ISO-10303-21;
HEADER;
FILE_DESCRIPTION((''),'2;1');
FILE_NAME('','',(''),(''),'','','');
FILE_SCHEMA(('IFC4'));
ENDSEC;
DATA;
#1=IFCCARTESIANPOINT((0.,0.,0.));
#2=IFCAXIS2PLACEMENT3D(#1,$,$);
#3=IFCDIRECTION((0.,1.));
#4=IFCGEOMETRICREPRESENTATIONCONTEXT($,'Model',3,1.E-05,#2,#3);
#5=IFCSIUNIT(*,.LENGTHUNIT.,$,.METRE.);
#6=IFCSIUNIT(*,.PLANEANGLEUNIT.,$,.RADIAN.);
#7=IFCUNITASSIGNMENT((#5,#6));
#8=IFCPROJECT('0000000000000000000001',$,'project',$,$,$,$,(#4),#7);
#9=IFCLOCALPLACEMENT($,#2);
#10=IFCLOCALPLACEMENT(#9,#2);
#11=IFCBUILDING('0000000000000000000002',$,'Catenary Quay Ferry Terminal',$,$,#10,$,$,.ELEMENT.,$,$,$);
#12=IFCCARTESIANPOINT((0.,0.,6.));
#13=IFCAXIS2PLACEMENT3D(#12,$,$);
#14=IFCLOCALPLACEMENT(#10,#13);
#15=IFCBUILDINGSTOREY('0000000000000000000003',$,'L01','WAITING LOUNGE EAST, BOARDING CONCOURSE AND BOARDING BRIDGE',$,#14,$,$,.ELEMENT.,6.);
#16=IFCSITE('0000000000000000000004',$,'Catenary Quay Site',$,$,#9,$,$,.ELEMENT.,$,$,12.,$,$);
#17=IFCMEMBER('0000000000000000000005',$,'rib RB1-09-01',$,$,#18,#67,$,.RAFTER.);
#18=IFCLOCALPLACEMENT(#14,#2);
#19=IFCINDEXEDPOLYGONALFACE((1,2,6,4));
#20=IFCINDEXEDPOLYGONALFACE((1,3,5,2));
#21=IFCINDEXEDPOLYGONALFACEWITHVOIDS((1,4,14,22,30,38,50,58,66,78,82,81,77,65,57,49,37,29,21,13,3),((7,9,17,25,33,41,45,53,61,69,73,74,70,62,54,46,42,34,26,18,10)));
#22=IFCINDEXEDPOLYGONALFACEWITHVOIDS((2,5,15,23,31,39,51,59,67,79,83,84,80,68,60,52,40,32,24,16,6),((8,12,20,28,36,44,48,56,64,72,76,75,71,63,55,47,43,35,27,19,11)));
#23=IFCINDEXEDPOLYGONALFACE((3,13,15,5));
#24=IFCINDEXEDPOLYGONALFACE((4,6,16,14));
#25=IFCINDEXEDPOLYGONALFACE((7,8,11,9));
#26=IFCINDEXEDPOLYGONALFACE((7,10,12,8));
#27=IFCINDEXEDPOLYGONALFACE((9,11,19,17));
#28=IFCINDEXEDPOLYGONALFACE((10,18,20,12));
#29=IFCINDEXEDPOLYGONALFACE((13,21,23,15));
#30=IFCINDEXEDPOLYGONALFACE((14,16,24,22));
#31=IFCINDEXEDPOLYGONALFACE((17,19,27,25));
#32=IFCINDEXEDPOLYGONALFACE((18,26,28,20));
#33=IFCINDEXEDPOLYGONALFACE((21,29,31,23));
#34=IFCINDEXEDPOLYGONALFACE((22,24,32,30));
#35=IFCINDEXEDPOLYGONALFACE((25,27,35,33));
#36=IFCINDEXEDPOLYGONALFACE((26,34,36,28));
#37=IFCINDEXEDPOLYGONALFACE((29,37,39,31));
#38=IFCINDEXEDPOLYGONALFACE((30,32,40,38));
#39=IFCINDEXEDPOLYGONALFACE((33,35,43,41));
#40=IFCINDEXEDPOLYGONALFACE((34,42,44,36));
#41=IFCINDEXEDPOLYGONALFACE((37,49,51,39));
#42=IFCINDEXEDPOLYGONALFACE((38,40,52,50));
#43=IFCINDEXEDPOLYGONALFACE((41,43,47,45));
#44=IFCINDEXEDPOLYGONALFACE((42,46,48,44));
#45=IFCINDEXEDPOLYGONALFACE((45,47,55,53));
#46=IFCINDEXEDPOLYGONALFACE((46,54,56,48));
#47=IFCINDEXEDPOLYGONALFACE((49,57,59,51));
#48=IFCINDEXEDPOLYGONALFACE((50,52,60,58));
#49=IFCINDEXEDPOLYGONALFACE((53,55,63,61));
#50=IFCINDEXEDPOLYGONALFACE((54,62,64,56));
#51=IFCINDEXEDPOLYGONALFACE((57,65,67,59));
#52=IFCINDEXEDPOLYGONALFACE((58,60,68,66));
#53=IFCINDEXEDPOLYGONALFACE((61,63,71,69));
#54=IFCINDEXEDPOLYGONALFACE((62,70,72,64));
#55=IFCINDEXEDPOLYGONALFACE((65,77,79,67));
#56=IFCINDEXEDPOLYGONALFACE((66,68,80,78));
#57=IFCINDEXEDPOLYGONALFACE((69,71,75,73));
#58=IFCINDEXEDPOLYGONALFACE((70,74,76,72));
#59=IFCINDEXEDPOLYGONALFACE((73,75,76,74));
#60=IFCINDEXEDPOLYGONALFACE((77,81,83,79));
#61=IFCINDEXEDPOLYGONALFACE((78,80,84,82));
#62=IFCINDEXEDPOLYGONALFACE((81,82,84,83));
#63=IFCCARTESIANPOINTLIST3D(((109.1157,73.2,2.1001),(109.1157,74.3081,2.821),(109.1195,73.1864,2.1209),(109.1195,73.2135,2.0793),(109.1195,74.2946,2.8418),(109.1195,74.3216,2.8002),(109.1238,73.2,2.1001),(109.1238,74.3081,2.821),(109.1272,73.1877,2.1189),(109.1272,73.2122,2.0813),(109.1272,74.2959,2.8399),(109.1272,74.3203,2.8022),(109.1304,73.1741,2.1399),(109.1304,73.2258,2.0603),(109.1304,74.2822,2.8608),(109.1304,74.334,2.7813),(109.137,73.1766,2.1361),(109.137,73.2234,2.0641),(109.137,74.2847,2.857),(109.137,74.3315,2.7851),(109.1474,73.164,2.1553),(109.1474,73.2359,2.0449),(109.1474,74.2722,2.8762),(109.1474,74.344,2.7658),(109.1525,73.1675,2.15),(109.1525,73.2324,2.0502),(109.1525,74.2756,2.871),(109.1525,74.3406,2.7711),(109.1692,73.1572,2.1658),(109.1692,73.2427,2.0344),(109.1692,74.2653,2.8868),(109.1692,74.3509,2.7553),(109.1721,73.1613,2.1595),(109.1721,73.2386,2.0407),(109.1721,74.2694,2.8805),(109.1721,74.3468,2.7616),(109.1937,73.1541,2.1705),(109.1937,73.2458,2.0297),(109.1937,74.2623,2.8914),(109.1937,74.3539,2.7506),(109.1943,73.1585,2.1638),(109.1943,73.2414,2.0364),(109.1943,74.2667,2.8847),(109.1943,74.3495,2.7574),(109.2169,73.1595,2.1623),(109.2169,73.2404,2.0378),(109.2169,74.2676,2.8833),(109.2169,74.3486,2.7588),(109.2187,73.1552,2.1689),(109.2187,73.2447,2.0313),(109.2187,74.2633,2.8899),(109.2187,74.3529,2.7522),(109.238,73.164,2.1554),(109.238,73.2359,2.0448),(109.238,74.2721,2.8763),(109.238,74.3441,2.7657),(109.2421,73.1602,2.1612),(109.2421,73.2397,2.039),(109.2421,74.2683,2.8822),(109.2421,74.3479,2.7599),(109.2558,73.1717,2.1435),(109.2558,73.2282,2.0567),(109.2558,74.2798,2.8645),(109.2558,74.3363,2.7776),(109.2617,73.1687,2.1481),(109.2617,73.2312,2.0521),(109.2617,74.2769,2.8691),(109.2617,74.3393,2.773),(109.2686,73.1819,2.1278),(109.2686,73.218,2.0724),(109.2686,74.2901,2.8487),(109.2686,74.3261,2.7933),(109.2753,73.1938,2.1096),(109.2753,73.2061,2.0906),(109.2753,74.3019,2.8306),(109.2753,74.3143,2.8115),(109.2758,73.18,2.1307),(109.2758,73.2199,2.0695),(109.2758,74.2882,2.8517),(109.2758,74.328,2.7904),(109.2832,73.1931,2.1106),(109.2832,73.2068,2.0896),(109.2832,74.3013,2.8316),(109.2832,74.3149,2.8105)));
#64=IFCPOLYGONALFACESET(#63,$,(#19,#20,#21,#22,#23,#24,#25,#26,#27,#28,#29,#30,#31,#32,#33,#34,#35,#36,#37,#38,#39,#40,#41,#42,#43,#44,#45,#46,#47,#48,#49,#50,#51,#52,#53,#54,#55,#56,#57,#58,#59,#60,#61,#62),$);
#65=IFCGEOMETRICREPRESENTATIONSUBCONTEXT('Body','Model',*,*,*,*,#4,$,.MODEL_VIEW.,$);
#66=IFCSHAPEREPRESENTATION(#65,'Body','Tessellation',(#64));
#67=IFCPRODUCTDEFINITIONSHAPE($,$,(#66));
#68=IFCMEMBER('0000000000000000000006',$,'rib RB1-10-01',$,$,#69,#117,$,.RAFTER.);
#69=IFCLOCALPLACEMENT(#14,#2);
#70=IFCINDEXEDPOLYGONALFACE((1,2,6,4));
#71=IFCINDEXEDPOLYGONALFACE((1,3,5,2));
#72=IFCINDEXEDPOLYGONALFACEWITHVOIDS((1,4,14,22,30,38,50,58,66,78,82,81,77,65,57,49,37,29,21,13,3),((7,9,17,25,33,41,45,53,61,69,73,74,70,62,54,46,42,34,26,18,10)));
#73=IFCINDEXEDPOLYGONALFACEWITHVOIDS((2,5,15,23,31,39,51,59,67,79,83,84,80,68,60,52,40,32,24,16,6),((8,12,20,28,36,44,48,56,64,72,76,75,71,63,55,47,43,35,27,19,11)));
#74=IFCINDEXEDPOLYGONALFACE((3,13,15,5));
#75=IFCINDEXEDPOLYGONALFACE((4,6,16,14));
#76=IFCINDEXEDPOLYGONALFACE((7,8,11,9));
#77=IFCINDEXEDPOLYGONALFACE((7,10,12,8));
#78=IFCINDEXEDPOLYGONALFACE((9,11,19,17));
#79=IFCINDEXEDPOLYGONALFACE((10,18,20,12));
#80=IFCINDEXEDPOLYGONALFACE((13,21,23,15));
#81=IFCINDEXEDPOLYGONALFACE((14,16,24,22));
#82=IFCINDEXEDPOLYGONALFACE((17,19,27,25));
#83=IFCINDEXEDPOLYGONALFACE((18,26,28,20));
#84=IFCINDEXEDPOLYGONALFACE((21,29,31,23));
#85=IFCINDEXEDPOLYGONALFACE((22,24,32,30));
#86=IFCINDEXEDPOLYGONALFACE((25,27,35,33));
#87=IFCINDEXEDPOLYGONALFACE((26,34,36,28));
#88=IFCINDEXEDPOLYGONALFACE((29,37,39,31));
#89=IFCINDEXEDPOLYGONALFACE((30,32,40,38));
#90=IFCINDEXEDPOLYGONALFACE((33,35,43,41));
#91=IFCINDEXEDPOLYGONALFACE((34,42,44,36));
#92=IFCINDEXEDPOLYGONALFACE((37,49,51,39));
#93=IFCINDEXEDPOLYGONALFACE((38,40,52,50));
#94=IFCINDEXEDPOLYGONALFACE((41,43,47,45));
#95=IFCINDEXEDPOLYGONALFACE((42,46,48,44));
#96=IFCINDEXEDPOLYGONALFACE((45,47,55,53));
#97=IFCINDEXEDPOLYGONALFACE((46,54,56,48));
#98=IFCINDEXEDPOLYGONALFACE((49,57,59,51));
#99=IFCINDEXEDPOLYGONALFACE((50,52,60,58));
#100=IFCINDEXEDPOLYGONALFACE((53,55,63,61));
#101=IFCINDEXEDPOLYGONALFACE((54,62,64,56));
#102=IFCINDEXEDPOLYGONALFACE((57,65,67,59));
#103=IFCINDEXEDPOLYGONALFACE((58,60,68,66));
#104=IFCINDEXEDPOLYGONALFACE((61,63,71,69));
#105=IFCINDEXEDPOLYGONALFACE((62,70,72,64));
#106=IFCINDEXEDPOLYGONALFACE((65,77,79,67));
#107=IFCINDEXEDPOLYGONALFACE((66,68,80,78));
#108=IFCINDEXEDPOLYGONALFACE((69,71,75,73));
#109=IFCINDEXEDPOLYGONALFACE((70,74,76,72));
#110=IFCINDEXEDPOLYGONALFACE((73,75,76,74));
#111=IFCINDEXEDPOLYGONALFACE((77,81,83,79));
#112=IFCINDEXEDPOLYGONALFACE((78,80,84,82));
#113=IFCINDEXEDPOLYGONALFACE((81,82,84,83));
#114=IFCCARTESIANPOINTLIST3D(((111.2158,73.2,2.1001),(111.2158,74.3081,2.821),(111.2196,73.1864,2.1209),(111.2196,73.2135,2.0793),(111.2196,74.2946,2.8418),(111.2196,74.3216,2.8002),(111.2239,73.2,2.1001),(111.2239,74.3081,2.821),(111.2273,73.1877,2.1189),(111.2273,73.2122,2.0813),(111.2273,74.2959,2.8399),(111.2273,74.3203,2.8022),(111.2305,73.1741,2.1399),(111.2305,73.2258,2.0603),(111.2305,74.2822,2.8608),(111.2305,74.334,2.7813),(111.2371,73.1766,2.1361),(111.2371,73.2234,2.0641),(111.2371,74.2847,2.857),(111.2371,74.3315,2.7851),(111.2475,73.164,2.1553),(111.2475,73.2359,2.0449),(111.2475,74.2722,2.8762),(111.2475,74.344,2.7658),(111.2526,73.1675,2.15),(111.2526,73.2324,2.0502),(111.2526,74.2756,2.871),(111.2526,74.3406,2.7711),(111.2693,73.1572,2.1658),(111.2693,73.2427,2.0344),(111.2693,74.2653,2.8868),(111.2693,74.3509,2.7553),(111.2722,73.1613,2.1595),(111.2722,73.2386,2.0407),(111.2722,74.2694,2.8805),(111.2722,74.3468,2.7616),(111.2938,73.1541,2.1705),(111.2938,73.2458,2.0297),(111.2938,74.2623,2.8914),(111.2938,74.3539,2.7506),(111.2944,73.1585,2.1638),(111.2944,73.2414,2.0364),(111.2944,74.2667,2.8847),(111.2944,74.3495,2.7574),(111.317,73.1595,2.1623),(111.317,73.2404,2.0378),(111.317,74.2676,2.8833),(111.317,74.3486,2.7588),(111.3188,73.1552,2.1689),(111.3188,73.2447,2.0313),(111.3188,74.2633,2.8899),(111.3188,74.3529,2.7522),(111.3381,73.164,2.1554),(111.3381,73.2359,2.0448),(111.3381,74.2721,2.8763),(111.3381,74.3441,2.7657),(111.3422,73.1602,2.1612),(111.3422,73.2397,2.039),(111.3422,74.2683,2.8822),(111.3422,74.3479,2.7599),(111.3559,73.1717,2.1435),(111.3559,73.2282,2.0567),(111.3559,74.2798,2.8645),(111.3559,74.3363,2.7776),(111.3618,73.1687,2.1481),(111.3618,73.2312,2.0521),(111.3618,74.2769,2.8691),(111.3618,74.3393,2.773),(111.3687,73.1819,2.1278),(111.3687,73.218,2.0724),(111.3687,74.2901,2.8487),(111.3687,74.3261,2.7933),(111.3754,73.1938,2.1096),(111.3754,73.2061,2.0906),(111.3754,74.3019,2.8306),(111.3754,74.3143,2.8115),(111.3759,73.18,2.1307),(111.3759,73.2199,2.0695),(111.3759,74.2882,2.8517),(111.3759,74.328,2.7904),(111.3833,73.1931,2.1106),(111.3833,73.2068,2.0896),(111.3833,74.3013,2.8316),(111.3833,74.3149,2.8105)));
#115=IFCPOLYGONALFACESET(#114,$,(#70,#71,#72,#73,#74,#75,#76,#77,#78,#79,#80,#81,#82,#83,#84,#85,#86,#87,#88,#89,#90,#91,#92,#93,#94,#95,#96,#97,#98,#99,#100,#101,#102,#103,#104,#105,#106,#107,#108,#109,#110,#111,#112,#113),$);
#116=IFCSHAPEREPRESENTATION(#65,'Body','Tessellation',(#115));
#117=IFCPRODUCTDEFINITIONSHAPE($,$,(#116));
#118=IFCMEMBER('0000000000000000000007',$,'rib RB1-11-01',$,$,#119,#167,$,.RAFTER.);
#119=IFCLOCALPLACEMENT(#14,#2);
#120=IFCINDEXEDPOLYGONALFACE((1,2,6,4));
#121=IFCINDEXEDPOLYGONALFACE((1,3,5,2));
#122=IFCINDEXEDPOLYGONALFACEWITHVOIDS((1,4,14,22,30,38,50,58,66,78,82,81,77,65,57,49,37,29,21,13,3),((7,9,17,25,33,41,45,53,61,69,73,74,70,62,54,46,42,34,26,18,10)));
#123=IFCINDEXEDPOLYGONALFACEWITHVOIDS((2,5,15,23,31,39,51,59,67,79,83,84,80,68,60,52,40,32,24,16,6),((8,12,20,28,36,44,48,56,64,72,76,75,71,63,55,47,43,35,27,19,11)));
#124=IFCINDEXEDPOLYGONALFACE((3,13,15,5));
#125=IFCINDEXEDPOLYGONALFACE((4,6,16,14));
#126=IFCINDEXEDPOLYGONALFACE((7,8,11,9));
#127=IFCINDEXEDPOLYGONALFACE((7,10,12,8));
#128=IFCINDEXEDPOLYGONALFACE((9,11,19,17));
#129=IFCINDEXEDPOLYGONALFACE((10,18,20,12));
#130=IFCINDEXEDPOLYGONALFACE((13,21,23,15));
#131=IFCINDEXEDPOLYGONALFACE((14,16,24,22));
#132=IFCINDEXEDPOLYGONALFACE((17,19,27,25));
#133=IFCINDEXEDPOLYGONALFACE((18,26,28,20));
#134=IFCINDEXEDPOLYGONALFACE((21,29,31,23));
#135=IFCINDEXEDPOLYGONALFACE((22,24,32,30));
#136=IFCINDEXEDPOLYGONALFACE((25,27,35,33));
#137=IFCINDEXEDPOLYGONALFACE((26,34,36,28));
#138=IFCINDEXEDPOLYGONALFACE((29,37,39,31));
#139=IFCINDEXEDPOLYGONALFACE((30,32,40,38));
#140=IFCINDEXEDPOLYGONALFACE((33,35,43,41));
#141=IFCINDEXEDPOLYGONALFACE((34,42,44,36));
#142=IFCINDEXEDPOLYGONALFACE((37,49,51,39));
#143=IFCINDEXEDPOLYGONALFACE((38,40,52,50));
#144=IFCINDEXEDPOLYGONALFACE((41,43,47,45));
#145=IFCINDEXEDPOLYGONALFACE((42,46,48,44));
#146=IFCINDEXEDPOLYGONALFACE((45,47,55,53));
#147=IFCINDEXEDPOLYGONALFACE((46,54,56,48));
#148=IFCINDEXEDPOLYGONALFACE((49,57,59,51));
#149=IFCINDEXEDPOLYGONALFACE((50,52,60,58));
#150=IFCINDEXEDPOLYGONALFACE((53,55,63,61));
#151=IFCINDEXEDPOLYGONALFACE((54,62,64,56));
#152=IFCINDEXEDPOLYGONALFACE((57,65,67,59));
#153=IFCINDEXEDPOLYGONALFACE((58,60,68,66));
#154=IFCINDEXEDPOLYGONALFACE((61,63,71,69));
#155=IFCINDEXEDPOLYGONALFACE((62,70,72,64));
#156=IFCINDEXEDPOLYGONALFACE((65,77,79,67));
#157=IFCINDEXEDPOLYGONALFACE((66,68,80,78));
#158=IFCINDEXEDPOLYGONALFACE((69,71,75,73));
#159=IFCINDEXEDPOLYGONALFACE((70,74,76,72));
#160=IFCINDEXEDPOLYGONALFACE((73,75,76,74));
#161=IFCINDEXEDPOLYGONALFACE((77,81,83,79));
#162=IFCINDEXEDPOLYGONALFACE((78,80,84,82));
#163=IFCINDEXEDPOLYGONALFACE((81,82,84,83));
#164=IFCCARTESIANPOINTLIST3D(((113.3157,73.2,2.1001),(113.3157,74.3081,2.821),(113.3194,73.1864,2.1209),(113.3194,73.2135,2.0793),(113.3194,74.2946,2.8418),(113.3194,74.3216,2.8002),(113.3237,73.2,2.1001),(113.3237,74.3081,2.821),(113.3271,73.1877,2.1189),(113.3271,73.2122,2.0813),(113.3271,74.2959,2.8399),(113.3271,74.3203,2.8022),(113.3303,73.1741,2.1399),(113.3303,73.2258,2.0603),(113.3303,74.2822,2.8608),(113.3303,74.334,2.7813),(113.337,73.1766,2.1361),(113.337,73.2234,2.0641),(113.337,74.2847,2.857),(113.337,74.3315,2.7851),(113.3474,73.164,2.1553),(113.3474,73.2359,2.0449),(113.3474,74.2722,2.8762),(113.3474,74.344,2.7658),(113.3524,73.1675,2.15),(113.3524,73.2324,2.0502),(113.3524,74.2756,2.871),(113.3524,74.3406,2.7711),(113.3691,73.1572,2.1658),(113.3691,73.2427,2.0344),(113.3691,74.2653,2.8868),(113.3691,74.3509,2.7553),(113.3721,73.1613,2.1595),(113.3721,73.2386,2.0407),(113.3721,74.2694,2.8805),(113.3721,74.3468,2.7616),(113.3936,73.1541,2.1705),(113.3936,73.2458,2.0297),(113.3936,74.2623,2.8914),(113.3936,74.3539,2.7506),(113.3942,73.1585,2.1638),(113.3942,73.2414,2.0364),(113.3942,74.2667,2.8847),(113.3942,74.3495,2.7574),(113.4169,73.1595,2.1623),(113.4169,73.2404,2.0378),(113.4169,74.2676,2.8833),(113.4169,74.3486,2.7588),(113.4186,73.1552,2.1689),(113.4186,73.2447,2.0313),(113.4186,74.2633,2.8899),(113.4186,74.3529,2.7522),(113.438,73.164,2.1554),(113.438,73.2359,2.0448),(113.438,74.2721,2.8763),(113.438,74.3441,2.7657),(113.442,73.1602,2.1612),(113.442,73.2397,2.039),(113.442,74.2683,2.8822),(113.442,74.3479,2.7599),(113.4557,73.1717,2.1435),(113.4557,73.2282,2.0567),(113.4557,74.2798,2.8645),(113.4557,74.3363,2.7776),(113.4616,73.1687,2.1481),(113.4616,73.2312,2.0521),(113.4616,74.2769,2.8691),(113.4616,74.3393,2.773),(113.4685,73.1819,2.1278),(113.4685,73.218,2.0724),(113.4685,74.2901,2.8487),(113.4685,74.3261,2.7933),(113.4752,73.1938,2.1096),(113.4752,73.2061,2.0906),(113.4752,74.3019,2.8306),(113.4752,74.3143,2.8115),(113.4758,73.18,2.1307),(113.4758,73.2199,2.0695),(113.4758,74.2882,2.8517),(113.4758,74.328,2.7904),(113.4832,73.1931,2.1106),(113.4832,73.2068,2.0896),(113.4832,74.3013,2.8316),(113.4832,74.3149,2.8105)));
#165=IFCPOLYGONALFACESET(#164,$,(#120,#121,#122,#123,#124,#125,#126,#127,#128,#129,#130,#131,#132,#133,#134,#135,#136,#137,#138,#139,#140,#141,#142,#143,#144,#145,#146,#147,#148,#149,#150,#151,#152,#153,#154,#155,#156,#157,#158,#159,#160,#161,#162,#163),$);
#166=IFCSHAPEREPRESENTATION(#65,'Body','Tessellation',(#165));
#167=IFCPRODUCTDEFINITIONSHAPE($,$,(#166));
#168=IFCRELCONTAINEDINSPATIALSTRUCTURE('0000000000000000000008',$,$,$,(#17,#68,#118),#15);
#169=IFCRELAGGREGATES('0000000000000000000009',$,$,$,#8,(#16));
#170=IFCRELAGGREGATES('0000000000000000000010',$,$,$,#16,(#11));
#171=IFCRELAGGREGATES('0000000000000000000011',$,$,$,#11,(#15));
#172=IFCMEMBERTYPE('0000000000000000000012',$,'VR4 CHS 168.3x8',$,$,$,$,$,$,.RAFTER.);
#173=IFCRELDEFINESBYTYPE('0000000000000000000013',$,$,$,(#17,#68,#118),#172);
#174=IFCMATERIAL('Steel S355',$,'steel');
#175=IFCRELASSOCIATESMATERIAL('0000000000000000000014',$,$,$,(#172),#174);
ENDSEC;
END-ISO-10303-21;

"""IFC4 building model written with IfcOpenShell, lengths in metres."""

from ifc_helpers import new_model, si_unit, direction, frame, origin, origin_2d, place, context, subcontext, project, spatial, hollow_circle, extrude, material, material_profile, profile_set, type_object, element, save


model = new_model("IFC4")

# Units and contexts
model_context = context("Model", 3, precision=1e-05, world=origin(), true_north=direction((0.0, 1.0)))
body_context = subcontext(model_context, "Body", "Model", "MODEL_VIEW")
ifc_project = project(units=[si_unit("LENGTHUNIT", "METRE"), si_unit("PLANEANGLEUNIT", "RADIAN")], contexts=[model_context])

# Site, building, storey
site_placement = place(None, origin())
site = spatial("IfcSite", under=ifc_project, at=site_placement, Name="Catenary Quay Site", CompositionType="ELEMENT", RefElevation=12.0)
building_placement = place(site_placement, origin())
building = spatial("IfcBuilding", under=site, at=building_placement, Name="Catenary Quay Ferry Terminal", CompositionType="ELEMENT")
storey_placement = place(building_placement, frame((0.0, 0.0, 6.0)))
storey = spatial("IfcBuildingStorey", under=building, at=storey_placement, Name="L01", Description="WAITING LOUNGE EAST, BOARDING CONCOURSE AND BOARDING BRIDGE", CompositionType="ELEMENT", Elevation=6.0)

# Members
ifc_material_1 = material(Name="Steel S355", Category="steel")
ifc_material_profile_1 = material_profile(ifc_material_1, hollow_circle(Radius=0.0842, WallThickness=0.0081, at=origin_2d()), Name="CHS 168.3x8")
ifc_profile_set_1 = profile_set([ifc_material_profile_1], Name="Steel S355")
member_type_1 = type_object("IfcMemberType", Name="VR4 CHS 168.3x8", PredefinedType="RAFTER", material=ifc_profile_set_1)
for number, where, z_axis, x_axis, name in (
    (1, (109.2, 73.2, 2.1001), (0.0, 0.83822, 0.545332), (-1.0, 0.0, 0.0), "rib RB1-09-01"),
    (2, (111.3, 73.2, 2.1001), (0.0, 0.83822, 0.545332), (-1.0, 0.0, 0.0), "rib RB1-10-01"),
    (3, (113.3999, 73.2, 2.1001), (0.0, 0.83822, 0.545332), (-1.0, 0.0, 0.0), "rib RB1-11-01"),
):
    element("IfcMember", number, at=place(storey_placement, frame(where, z_axis=z_axis, x_axis=x_axis)), inside=storey, type_object=member_type_1, Name=name, PredefinedType="RAFTER", context=body_context, shape_type="SweptSolid", body=[
        extrude(hollow_circle(Radius=0.0842, WallThickness=0.0081, at=origin_2d()), origin(), (0.0, 0.0, 1.0), 1.322),
    ])

save(model, "model.ifc")
